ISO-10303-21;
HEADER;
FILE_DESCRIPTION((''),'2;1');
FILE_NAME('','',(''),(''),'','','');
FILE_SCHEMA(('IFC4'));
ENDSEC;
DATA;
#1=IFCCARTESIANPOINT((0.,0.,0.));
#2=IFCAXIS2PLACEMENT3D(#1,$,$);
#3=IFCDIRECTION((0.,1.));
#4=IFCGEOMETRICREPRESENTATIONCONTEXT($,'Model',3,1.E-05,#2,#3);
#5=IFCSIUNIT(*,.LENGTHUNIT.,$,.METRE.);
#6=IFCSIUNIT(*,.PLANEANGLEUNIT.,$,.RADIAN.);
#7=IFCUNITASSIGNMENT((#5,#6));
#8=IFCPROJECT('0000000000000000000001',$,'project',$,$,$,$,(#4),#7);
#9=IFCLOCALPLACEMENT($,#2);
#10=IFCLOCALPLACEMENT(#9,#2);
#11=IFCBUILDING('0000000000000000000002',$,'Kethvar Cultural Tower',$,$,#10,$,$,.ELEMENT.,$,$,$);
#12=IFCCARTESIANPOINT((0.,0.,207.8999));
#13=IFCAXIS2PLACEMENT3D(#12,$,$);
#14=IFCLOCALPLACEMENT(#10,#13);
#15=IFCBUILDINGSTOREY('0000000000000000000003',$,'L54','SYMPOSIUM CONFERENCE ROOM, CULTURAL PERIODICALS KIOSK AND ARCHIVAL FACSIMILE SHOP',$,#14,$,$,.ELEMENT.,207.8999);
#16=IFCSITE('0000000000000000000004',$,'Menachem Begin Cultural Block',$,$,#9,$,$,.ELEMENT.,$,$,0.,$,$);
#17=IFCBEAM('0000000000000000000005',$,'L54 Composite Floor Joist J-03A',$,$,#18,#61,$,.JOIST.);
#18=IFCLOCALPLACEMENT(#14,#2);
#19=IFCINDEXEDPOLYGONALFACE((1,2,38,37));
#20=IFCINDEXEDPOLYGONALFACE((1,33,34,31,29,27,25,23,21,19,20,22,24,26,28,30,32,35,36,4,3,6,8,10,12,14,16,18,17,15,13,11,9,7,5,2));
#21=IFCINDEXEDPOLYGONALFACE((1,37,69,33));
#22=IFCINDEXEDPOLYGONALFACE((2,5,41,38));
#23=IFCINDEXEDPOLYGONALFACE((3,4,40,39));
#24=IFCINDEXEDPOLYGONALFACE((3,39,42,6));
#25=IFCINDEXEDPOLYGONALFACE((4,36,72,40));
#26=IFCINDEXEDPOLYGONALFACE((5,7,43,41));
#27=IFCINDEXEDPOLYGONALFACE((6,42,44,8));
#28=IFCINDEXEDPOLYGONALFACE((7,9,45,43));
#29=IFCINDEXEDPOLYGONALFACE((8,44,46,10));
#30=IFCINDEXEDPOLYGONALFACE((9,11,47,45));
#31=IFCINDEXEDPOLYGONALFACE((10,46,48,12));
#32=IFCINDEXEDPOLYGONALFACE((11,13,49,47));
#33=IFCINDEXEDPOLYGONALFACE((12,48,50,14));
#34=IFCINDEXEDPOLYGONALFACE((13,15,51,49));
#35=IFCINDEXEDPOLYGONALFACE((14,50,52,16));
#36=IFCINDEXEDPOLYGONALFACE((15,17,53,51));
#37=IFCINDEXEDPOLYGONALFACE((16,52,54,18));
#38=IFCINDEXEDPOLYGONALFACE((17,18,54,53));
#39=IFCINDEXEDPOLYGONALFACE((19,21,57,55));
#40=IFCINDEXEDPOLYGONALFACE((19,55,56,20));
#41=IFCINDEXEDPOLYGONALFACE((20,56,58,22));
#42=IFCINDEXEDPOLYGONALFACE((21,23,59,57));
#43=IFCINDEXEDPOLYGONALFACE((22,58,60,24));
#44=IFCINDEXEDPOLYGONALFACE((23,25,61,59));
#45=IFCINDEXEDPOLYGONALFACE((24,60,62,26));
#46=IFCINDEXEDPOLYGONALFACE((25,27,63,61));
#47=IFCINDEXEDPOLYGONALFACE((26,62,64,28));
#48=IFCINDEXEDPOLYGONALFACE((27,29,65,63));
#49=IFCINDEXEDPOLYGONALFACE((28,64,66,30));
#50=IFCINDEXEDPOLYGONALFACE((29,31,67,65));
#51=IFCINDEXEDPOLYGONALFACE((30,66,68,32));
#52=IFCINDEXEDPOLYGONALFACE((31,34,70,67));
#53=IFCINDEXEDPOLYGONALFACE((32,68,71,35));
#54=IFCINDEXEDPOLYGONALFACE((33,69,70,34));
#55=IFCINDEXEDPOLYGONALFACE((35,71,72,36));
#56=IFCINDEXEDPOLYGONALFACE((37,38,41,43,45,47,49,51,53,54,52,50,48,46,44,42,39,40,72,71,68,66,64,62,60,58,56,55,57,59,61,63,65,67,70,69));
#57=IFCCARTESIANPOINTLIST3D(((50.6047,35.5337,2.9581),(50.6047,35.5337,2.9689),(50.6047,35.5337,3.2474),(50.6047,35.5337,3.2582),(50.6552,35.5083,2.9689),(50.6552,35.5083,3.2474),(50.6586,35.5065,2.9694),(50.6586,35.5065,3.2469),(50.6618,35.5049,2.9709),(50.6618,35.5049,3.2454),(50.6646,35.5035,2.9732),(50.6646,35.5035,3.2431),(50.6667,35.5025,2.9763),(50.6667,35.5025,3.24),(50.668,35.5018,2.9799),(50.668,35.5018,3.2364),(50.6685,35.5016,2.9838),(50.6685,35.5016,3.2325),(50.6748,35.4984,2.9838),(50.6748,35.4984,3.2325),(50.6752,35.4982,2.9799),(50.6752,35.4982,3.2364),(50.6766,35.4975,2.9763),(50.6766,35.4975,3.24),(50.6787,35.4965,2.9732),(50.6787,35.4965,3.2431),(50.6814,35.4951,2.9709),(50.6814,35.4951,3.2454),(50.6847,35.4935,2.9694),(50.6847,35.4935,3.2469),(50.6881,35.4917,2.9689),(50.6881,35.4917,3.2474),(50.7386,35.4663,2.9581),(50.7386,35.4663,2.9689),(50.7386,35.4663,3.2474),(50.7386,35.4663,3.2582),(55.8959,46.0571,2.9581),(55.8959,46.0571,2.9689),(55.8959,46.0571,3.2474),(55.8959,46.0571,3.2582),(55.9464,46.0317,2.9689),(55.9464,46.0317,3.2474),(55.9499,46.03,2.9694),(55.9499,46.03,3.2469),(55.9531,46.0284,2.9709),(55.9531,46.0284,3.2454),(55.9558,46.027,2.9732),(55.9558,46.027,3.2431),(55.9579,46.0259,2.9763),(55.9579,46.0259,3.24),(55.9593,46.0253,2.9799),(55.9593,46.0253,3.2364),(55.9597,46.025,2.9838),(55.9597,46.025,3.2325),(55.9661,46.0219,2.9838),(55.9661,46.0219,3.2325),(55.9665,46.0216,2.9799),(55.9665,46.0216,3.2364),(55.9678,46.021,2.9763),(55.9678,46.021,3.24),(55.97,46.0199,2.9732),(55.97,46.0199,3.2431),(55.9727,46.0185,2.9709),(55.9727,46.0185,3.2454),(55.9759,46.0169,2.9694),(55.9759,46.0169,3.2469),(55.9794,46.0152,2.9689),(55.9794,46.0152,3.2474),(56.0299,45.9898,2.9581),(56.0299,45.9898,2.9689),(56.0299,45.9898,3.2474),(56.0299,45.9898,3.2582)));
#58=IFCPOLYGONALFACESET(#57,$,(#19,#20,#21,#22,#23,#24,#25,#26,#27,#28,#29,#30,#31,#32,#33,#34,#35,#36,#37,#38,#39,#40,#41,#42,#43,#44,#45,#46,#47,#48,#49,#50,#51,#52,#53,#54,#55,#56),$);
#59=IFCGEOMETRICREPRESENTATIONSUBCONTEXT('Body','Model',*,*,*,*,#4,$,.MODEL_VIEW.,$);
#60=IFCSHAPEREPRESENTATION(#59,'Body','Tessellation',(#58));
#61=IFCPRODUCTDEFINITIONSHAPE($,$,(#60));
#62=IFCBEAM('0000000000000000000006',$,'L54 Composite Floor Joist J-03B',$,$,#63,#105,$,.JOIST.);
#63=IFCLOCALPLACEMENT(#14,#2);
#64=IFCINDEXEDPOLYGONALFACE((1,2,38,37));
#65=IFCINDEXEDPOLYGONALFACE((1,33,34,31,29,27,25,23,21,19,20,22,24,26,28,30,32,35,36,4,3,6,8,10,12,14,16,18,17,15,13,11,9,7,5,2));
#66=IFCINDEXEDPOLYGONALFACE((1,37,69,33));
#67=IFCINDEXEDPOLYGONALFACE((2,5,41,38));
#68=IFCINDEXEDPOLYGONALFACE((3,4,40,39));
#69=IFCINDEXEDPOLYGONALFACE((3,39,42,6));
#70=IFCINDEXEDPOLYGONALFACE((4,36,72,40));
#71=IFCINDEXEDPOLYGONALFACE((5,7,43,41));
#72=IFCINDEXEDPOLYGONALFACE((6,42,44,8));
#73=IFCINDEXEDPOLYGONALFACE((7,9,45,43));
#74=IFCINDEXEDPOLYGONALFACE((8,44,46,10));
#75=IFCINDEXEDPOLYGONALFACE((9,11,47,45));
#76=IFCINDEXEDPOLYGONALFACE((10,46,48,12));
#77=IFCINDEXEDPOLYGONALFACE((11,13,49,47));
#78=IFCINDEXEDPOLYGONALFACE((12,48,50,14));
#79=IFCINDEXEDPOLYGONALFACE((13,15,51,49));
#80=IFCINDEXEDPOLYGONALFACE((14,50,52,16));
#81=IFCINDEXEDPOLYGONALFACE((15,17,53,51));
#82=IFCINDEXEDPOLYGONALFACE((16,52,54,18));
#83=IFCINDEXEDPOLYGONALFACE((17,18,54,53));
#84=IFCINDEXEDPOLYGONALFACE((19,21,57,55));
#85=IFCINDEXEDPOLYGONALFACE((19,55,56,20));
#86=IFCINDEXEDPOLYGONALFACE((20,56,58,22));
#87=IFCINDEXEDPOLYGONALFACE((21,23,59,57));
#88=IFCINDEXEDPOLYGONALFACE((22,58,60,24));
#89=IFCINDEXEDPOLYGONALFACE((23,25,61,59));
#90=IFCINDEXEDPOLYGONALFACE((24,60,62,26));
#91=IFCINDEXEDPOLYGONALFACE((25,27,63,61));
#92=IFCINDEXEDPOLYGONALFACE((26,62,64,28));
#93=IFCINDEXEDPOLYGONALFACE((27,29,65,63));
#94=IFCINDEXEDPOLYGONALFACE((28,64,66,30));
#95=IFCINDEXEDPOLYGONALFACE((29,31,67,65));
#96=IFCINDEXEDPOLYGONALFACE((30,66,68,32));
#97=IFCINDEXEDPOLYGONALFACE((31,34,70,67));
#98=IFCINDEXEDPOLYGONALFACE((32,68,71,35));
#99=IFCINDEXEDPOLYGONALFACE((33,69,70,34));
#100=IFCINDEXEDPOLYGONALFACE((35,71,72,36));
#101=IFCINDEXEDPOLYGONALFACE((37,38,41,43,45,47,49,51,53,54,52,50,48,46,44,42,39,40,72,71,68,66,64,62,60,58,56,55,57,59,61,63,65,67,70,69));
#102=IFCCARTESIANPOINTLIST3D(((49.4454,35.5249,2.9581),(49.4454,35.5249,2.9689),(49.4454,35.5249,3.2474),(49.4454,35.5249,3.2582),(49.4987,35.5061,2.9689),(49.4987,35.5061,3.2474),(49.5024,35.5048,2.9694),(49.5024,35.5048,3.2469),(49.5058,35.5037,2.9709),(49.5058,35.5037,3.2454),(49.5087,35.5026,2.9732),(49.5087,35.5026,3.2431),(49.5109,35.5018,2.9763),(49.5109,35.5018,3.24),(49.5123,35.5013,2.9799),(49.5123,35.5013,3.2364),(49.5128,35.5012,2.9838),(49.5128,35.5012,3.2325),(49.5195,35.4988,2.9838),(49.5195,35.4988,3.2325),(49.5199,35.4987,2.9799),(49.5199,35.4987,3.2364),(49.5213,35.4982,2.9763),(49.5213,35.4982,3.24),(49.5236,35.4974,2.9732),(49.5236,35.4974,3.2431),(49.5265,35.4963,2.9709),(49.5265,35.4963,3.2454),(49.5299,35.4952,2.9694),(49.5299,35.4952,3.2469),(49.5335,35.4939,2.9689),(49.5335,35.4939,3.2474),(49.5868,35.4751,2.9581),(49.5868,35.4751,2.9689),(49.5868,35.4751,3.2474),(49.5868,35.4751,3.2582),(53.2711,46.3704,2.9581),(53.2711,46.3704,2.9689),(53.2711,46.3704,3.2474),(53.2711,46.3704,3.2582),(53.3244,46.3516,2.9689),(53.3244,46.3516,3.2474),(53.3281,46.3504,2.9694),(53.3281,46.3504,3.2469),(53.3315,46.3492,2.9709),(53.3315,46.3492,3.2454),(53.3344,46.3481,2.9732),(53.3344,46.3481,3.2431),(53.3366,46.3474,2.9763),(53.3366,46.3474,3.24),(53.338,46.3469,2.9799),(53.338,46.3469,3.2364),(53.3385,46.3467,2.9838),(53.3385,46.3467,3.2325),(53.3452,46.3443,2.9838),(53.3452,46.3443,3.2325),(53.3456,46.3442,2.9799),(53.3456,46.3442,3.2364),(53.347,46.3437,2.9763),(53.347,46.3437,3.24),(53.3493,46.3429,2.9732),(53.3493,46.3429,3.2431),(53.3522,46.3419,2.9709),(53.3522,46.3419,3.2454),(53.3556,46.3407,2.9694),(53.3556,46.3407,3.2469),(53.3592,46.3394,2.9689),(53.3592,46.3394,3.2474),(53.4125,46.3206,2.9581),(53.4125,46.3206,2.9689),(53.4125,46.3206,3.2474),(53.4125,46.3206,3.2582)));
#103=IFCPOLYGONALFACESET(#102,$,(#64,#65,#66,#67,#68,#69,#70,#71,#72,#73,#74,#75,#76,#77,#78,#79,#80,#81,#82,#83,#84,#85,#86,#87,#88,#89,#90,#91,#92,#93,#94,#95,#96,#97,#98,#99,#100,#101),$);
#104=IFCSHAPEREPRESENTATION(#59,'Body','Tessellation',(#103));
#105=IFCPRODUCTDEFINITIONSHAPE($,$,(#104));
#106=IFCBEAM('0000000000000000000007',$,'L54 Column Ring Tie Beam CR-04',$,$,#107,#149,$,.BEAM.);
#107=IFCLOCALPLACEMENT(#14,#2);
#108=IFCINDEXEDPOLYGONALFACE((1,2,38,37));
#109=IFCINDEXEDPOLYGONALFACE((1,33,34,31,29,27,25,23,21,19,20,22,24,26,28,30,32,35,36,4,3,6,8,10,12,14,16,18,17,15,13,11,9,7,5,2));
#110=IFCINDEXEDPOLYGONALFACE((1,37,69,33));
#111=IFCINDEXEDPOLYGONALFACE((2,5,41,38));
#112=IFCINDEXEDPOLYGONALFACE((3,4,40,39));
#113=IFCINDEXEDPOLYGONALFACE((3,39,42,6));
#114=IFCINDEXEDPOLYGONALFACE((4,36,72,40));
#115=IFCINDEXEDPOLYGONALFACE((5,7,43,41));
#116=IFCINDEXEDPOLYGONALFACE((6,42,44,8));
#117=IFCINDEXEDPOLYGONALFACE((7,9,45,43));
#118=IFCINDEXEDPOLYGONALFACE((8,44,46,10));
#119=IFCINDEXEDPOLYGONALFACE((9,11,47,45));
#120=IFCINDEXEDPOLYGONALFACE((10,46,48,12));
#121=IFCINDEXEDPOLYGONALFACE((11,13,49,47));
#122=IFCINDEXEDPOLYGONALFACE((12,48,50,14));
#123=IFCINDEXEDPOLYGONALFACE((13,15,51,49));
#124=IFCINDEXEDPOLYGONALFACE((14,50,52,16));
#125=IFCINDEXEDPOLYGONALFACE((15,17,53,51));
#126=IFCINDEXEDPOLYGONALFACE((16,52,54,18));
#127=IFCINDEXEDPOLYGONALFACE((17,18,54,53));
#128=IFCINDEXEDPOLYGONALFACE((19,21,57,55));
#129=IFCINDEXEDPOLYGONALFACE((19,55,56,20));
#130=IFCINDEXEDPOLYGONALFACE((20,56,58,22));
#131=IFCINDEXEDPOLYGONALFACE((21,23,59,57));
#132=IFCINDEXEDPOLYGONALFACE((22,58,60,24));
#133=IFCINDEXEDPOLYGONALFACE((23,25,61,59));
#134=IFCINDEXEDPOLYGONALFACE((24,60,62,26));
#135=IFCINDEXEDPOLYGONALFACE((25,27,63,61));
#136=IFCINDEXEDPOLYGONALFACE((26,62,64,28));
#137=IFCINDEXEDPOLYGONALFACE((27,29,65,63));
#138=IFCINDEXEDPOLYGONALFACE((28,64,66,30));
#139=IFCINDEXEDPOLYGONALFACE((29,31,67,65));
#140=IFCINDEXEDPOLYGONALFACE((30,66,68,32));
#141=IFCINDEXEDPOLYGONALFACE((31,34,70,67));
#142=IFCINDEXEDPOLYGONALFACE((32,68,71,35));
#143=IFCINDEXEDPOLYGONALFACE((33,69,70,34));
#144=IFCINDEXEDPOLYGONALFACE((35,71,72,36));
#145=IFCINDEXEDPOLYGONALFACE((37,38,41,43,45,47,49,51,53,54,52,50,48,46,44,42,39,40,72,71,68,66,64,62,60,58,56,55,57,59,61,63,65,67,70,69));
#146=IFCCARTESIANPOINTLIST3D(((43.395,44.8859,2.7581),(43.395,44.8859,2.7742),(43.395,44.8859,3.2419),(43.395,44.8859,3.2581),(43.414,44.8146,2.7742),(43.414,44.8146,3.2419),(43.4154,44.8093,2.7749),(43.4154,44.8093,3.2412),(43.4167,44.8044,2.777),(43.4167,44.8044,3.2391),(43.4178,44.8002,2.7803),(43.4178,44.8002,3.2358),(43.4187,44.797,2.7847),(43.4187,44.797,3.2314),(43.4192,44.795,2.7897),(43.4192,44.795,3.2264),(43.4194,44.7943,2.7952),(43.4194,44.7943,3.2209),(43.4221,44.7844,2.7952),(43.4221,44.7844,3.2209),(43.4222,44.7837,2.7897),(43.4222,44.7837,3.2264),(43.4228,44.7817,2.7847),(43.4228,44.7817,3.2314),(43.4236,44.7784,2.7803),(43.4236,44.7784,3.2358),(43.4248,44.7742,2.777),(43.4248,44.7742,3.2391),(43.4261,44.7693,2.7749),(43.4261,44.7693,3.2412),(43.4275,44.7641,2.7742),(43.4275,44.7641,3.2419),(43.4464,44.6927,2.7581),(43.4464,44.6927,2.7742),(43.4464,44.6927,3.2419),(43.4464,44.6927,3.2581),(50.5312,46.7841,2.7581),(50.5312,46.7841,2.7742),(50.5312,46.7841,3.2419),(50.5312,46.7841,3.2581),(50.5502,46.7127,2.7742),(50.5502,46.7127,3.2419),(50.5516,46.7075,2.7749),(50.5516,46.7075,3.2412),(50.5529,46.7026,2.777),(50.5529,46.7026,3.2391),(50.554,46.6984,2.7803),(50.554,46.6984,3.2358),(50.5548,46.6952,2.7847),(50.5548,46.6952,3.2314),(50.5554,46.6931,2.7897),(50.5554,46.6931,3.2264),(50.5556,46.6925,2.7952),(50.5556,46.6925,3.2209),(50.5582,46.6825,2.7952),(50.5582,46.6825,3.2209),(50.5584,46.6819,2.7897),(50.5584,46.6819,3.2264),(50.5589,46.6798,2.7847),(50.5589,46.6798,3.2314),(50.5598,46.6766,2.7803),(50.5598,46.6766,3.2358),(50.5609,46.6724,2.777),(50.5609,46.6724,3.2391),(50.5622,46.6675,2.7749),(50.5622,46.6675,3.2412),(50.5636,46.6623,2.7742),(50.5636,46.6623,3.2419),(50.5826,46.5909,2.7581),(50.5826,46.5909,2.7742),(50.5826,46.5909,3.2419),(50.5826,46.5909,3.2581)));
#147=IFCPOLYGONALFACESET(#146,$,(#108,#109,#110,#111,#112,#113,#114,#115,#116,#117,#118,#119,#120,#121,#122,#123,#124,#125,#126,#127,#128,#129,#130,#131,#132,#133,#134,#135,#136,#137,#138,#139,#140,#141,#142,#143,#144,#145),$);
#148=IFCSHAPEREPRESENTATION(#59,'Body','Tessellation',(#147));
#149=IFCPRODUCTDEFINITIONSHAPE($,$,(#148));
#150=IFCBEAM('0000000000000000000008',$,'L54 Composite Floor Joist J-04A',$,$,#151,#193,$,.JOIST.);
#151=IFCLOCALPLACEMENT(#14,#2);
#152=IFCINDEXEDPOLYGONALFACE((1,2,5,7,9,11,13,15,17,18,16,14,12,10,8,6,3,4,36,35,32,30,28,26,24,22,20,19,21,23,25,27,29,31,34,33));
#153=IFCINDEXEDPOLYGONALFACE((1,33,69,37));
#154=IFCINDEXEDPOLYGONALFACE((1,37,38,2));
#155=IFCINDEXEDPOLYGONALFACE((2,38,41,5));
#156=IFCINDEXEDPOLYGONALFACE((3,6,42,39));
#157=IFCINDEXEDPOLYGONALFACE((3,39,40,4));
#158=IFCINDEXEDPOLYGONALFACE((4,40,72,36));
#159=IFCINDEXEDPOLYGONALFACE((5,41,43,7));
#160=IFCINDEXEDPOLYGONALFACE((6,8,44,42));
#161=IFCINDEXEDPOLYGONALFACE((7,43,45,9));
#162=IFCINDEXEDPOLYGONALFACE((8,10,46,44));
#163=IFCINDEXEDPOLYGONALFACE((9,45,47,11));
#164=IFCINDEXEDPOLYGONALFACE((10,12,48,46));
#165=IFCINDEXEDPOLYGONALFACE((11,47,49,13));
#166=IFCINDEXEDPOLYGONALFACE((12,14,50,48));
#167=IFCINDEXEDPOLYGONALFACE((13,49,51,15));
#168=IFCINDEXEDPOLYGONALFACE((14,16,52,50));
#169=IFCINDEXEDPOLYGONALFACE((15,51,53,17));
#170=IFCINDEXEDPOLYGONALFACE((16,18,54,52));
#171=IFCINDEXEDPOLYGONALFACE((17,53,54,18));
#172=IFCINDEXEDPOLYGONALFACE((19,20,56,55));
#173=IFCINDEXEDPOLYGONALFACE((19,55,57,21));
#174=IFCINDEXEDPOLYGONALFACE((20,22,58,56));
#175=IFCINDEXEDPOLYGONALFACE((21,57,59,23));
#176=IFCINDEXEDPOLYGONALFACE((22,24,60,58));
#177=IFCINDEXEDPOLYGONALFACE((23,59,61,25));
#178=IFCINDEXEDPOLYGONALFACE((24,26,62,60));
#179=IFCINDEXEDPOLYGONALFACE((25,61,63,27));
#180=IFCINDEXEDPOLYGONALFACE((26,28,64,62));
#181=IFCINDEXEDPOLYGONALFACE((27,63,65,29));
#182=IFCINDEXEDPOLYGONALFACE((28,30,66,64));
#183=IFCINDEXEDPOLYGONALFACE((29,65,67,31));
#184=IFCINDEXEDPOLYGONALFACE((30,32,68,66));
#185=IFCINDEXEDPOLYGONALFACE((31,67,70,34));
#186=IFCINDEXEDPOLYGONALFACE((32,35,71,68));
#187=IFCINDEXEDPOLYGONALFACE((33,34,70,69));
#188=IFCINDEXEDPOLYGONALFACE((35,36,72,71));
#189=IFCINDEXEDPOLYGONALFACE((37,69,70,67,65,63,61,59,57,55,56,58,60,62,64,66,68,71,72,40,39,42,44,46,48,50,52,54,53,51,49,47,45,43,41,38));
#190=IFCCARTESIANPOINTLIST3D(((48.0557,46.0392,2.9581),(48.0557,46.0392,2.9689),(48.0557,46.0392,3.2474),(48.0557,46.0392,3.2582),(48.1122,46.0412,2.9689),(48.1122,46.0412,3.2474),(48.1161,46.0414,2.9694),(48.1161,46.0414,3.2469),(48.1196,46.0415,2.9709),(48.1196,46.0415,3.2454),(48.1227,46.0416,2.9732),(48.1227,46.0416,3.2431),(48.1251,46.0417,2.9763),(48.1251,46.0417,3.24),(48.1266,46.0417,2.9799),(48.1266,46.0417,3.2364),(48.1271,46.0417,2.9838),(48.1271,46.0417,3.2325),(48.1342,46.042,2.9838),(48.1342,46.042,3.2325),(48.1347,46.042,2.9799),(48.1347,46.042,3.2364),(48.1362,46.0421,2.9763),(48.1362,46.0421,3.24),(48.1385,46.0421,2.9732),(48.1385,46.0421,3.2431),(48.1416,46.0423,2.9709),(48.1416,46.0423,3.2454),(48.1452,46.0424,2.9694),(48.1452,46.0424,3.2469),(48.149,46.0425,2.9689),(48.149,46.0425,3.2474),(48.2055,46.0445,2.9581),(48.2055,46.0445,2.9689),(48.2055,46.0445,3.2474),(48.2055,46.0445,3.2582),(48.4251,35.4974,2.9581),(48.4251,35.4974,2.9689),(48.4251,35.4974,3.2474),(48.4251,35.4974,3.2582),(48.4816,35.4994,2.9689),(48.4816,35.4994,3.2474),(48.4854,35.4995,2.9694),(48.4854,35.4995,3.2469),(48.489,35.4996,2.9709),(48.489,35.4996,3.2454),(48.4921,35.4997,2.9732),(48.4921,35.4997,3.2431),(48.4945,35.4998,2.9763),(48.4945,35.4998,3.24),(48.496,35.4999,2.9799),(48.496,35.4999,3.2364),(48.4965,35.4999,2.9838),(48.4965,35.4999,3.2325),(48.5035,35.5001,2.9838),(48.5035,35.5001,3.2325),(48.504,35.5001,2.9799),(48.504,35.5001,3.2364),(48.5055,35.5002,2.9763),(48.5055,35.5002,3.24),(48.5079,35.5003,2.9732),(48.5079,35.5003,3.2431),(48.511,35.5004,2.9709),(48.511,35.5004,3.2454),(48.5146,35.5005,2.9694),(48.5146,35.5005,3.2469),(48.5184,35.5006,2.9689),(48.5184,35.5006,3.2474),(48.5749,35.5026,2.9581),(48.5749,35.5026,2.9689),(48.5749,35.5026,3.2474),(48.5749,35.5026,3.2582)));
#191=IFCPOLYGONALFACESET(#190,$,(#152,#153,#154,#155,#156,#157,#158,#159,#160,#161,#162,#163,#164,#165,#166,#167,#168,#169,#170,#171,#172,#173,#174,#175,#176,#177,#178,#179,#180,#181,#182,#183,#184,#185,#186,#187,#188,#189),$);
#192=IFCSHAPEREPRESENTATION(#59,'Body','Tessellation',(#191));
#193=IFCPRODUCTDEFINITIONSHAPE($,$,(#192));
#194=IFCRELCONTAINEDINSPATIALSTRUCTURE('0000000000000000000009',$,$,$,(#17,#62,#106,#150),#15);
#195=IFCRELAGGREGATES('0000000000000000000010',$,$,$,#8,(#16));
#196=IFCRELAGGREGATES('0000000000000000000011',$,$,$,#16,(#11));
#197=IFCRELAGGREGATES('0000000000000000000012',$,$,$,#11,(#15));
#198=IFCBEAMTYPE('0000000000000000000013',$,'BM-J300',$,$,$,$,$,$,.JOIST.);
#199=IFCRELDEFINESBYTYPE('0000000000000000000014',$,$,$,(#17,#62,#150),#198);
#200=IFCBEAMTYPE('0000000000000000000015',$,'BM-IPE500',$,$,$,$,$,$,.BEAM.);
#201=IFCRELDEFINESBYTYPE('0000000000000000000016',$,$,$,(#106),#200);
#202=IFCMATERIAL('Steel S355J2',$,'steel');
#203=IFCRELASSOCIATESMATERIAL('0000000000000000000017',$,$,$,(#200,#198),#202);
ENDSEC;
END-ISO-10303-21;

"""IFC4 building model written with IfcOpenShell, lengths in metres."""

from ifc_helpers import new_model, si_unit, direction, frame, origin, origin_2d, place, context, subcontext, project, spatial, i_section, extrude, source, transform, mapped, material, material_profile, profile_set, type_object, element, save


model = new_model("IFC4")

# Units and contexts
model_context = context("Model", 3, precision=1e-05, world=origin(), true_north=direction((0.0, 1.0)))
body_context = subcontext(model_context, "Body", "Model", "MODEL_VIEW")
ifc_project = project(units=[si_unit("LENGTHUNIT", "METRE"), si_unit("PLANEANGLEUNIT", "RADIAN")], contexts=[model_context])

# Site, building, storey
site_placement = place(None, origin())
site = spatial("IfcSite", under=ifc_project, at=site_placement, Name="Menachem Begin Cultural Block", CompositionType="ELEMENT", RefElevation=0.0)
building_placement = place(site_placement, origin())
building = spatial("IfcBuilding", under=site, at=building_placement, Name="Kethvar Cultural Tower", CompositionType="ELEMENT")
storey_placement = place(building_placement, frame((0.0, 0.0, 207.8999)))
storey = spatial("IfcBuildingStorey", under=building, at=storey_placement, Name="L54", Description="SYMPOSIUM CONFERENCE ROOM, CULTURAL PERIODICALS KIOSK AND ARCHIVAL FACSIMILE SHOP", CompositionType="ELEMENT", Elevation=207.8999)

# Beams
ifc_material_1 = material(Name="Steel S355J2", Category="steel")
ifc_material_profile_1 = material_profile(ifc_material_1, i_section(OverallWidth=0.2, OverallDepth=0.5, WebThickness=0.0103, FlangeThickness=0.0161, FilletRadius=0.021, at=origin_2d()), Name="Steel S355J2 — IPE500")
ifc_profile_set_1 = profile_set([ifc_material_profile_1], Name="Steel S355J2 — IPE500")
beam_type_1 = type_object("IfcBeamType", Name="BM-IPE500", PredefinedType="BEAM", material=ifc_profile_set_1)
ifc_material_profile_2 = material_profile(ifc_material_1, i_section(OverallWidth=0.1499, OverallDepth=0.3, WebThickness=0.0071, FlangeThickness=0.0107, FilletRadius=0.0149, at=origin_2d()), Name="Steel S355J2 — IPE300")
ifc_profile_set_2 = profile_set([ifc_material_profile_2], Name="Steel S355J2 — IPE300")
beam_type_2 = type_object("IfcBeamType", Name="BM-J300", PredefinedType="JOIST", material=ifc_profile_set_2)
shared_shape_1 = source(origin(), body_context, "Body", "SweptSolid", [
    extrude(i_section(OverallWidth=0.1499, OverallDepth=0.3, WebThickness=0.0071, FlangeThickness=0.0107, FilletRadius=0.0149, at=origin_2d()), origin(), (0.0, 0.0, 1.0), 11.7788),
])
beam_1_placement = place(storey_placement, frame((50.6716, 35.5, 3.1082), z_axis=(0.449219, 0.893422, 0.0), x_axis=(-0.893422, 0.449219, 0.0)))
element("IfcBeam", 1, at=beam_1_placement, inside=storey, type_object=beam_type_2, Name="L54 Composite Floor Joist J-03A", PredefinedType="JOIST", context=body_context, shape_type="MappedRepresentation", body=[
    mapped(shared_shape_1, transform((0.0, 0.0, 0.0), scale=1.0)),
])
shared_shape_2 = source(origin(), body_context, "Body", "SweptSolid", [
    extrude(i_section(OverallWidth=0.1499, OverallDepth=0.3, WebThickness=0.0071, FlangeThickness=0.0107, FilletRadius=0.0149, at=origin_2d()), origin(), (0.0, 0.0, 1.0), 11.5005),
])
beam_2_placement = place(storey_placement, frame((49.5161, 35.5, 3.1082), z_axis=(0.332656, 0.943048, 0.0), x_axis=(-0.943048, 0.332656, 0.0)))
element("IfcBeam", 2, at=beam_2_placement, inside=storey, type_object=beam_type_2, Name="L54 Composite Floor Joist J-03B", PredefinedType="JOIST", context=body_context, shape_type="MappedRepresentation", body=[
    mapped(shared_shape_2, transform((0.0, 0.0, 0.0), scale=1.0)),
])
shared_shape_3 = source(origin(), body_context, "Body", "SweptSolid", [
    extrude(i_section(OverallWidth=0.2, OverallDepth=0.5, WebThickness=0.0103, FlangeThickness=0.0161, FilletRadius=0.021, at=origin_2d()), origin(), (0.0, 0.0, 1.0), 7.3843),
])
beam_3_placement = place(storey_placement, frame((50.5569, 46.6875, 3.0081), z_axis=(-0.966397, -0.257056, 0.0), x_axis=(0.257056, -0.966397, 0.0)))
element("IfcBeam", 3, at=beam_3_placement, inside=storey, type_object=beam_type_1, Name="L54 Column Ring Tie Beam CR-04", PredefinedType="BEAM", context=body_context, shape_type="MappedRepresentation", body=[
    mapped(shared_shape_3, transform((0.0, 0.0, 0.0), scale=1.0)),
])
shared_shape_4 = source(origin(), body_context, "Body", "SweptSolid", [
    extrude(i_section(OverallWidth=0.1499, OverallDepth=0.3, WebThickness=0.0071, FlangeThickness=0.0107, FilletRadius=0.0149, at=origin_2d()), origin(), (0.0, 0.0, 1.0), 10.5483),
])
beam_4_placement = place(storey_placement, frame((48.5, 35.5, 3.1082), z_axis=(-0.035018, 0.999387, 0.0), x_axis=(-0.999387, -0.035018, 0.0)))
element("IfcBeam", 4, at=beam_4_placement, inside=storey, type_object=beam_type_2, Name="L54 Composite Floor Joist J-04A", PredefinedType="JOIST", context=body_context, shape_type="MappedRepresentation", body=[
    mapped(shared_shape_4, transform((0.0, 0.0, 0.0), scale=1.0)),
])

save(model, "model.ifc")
